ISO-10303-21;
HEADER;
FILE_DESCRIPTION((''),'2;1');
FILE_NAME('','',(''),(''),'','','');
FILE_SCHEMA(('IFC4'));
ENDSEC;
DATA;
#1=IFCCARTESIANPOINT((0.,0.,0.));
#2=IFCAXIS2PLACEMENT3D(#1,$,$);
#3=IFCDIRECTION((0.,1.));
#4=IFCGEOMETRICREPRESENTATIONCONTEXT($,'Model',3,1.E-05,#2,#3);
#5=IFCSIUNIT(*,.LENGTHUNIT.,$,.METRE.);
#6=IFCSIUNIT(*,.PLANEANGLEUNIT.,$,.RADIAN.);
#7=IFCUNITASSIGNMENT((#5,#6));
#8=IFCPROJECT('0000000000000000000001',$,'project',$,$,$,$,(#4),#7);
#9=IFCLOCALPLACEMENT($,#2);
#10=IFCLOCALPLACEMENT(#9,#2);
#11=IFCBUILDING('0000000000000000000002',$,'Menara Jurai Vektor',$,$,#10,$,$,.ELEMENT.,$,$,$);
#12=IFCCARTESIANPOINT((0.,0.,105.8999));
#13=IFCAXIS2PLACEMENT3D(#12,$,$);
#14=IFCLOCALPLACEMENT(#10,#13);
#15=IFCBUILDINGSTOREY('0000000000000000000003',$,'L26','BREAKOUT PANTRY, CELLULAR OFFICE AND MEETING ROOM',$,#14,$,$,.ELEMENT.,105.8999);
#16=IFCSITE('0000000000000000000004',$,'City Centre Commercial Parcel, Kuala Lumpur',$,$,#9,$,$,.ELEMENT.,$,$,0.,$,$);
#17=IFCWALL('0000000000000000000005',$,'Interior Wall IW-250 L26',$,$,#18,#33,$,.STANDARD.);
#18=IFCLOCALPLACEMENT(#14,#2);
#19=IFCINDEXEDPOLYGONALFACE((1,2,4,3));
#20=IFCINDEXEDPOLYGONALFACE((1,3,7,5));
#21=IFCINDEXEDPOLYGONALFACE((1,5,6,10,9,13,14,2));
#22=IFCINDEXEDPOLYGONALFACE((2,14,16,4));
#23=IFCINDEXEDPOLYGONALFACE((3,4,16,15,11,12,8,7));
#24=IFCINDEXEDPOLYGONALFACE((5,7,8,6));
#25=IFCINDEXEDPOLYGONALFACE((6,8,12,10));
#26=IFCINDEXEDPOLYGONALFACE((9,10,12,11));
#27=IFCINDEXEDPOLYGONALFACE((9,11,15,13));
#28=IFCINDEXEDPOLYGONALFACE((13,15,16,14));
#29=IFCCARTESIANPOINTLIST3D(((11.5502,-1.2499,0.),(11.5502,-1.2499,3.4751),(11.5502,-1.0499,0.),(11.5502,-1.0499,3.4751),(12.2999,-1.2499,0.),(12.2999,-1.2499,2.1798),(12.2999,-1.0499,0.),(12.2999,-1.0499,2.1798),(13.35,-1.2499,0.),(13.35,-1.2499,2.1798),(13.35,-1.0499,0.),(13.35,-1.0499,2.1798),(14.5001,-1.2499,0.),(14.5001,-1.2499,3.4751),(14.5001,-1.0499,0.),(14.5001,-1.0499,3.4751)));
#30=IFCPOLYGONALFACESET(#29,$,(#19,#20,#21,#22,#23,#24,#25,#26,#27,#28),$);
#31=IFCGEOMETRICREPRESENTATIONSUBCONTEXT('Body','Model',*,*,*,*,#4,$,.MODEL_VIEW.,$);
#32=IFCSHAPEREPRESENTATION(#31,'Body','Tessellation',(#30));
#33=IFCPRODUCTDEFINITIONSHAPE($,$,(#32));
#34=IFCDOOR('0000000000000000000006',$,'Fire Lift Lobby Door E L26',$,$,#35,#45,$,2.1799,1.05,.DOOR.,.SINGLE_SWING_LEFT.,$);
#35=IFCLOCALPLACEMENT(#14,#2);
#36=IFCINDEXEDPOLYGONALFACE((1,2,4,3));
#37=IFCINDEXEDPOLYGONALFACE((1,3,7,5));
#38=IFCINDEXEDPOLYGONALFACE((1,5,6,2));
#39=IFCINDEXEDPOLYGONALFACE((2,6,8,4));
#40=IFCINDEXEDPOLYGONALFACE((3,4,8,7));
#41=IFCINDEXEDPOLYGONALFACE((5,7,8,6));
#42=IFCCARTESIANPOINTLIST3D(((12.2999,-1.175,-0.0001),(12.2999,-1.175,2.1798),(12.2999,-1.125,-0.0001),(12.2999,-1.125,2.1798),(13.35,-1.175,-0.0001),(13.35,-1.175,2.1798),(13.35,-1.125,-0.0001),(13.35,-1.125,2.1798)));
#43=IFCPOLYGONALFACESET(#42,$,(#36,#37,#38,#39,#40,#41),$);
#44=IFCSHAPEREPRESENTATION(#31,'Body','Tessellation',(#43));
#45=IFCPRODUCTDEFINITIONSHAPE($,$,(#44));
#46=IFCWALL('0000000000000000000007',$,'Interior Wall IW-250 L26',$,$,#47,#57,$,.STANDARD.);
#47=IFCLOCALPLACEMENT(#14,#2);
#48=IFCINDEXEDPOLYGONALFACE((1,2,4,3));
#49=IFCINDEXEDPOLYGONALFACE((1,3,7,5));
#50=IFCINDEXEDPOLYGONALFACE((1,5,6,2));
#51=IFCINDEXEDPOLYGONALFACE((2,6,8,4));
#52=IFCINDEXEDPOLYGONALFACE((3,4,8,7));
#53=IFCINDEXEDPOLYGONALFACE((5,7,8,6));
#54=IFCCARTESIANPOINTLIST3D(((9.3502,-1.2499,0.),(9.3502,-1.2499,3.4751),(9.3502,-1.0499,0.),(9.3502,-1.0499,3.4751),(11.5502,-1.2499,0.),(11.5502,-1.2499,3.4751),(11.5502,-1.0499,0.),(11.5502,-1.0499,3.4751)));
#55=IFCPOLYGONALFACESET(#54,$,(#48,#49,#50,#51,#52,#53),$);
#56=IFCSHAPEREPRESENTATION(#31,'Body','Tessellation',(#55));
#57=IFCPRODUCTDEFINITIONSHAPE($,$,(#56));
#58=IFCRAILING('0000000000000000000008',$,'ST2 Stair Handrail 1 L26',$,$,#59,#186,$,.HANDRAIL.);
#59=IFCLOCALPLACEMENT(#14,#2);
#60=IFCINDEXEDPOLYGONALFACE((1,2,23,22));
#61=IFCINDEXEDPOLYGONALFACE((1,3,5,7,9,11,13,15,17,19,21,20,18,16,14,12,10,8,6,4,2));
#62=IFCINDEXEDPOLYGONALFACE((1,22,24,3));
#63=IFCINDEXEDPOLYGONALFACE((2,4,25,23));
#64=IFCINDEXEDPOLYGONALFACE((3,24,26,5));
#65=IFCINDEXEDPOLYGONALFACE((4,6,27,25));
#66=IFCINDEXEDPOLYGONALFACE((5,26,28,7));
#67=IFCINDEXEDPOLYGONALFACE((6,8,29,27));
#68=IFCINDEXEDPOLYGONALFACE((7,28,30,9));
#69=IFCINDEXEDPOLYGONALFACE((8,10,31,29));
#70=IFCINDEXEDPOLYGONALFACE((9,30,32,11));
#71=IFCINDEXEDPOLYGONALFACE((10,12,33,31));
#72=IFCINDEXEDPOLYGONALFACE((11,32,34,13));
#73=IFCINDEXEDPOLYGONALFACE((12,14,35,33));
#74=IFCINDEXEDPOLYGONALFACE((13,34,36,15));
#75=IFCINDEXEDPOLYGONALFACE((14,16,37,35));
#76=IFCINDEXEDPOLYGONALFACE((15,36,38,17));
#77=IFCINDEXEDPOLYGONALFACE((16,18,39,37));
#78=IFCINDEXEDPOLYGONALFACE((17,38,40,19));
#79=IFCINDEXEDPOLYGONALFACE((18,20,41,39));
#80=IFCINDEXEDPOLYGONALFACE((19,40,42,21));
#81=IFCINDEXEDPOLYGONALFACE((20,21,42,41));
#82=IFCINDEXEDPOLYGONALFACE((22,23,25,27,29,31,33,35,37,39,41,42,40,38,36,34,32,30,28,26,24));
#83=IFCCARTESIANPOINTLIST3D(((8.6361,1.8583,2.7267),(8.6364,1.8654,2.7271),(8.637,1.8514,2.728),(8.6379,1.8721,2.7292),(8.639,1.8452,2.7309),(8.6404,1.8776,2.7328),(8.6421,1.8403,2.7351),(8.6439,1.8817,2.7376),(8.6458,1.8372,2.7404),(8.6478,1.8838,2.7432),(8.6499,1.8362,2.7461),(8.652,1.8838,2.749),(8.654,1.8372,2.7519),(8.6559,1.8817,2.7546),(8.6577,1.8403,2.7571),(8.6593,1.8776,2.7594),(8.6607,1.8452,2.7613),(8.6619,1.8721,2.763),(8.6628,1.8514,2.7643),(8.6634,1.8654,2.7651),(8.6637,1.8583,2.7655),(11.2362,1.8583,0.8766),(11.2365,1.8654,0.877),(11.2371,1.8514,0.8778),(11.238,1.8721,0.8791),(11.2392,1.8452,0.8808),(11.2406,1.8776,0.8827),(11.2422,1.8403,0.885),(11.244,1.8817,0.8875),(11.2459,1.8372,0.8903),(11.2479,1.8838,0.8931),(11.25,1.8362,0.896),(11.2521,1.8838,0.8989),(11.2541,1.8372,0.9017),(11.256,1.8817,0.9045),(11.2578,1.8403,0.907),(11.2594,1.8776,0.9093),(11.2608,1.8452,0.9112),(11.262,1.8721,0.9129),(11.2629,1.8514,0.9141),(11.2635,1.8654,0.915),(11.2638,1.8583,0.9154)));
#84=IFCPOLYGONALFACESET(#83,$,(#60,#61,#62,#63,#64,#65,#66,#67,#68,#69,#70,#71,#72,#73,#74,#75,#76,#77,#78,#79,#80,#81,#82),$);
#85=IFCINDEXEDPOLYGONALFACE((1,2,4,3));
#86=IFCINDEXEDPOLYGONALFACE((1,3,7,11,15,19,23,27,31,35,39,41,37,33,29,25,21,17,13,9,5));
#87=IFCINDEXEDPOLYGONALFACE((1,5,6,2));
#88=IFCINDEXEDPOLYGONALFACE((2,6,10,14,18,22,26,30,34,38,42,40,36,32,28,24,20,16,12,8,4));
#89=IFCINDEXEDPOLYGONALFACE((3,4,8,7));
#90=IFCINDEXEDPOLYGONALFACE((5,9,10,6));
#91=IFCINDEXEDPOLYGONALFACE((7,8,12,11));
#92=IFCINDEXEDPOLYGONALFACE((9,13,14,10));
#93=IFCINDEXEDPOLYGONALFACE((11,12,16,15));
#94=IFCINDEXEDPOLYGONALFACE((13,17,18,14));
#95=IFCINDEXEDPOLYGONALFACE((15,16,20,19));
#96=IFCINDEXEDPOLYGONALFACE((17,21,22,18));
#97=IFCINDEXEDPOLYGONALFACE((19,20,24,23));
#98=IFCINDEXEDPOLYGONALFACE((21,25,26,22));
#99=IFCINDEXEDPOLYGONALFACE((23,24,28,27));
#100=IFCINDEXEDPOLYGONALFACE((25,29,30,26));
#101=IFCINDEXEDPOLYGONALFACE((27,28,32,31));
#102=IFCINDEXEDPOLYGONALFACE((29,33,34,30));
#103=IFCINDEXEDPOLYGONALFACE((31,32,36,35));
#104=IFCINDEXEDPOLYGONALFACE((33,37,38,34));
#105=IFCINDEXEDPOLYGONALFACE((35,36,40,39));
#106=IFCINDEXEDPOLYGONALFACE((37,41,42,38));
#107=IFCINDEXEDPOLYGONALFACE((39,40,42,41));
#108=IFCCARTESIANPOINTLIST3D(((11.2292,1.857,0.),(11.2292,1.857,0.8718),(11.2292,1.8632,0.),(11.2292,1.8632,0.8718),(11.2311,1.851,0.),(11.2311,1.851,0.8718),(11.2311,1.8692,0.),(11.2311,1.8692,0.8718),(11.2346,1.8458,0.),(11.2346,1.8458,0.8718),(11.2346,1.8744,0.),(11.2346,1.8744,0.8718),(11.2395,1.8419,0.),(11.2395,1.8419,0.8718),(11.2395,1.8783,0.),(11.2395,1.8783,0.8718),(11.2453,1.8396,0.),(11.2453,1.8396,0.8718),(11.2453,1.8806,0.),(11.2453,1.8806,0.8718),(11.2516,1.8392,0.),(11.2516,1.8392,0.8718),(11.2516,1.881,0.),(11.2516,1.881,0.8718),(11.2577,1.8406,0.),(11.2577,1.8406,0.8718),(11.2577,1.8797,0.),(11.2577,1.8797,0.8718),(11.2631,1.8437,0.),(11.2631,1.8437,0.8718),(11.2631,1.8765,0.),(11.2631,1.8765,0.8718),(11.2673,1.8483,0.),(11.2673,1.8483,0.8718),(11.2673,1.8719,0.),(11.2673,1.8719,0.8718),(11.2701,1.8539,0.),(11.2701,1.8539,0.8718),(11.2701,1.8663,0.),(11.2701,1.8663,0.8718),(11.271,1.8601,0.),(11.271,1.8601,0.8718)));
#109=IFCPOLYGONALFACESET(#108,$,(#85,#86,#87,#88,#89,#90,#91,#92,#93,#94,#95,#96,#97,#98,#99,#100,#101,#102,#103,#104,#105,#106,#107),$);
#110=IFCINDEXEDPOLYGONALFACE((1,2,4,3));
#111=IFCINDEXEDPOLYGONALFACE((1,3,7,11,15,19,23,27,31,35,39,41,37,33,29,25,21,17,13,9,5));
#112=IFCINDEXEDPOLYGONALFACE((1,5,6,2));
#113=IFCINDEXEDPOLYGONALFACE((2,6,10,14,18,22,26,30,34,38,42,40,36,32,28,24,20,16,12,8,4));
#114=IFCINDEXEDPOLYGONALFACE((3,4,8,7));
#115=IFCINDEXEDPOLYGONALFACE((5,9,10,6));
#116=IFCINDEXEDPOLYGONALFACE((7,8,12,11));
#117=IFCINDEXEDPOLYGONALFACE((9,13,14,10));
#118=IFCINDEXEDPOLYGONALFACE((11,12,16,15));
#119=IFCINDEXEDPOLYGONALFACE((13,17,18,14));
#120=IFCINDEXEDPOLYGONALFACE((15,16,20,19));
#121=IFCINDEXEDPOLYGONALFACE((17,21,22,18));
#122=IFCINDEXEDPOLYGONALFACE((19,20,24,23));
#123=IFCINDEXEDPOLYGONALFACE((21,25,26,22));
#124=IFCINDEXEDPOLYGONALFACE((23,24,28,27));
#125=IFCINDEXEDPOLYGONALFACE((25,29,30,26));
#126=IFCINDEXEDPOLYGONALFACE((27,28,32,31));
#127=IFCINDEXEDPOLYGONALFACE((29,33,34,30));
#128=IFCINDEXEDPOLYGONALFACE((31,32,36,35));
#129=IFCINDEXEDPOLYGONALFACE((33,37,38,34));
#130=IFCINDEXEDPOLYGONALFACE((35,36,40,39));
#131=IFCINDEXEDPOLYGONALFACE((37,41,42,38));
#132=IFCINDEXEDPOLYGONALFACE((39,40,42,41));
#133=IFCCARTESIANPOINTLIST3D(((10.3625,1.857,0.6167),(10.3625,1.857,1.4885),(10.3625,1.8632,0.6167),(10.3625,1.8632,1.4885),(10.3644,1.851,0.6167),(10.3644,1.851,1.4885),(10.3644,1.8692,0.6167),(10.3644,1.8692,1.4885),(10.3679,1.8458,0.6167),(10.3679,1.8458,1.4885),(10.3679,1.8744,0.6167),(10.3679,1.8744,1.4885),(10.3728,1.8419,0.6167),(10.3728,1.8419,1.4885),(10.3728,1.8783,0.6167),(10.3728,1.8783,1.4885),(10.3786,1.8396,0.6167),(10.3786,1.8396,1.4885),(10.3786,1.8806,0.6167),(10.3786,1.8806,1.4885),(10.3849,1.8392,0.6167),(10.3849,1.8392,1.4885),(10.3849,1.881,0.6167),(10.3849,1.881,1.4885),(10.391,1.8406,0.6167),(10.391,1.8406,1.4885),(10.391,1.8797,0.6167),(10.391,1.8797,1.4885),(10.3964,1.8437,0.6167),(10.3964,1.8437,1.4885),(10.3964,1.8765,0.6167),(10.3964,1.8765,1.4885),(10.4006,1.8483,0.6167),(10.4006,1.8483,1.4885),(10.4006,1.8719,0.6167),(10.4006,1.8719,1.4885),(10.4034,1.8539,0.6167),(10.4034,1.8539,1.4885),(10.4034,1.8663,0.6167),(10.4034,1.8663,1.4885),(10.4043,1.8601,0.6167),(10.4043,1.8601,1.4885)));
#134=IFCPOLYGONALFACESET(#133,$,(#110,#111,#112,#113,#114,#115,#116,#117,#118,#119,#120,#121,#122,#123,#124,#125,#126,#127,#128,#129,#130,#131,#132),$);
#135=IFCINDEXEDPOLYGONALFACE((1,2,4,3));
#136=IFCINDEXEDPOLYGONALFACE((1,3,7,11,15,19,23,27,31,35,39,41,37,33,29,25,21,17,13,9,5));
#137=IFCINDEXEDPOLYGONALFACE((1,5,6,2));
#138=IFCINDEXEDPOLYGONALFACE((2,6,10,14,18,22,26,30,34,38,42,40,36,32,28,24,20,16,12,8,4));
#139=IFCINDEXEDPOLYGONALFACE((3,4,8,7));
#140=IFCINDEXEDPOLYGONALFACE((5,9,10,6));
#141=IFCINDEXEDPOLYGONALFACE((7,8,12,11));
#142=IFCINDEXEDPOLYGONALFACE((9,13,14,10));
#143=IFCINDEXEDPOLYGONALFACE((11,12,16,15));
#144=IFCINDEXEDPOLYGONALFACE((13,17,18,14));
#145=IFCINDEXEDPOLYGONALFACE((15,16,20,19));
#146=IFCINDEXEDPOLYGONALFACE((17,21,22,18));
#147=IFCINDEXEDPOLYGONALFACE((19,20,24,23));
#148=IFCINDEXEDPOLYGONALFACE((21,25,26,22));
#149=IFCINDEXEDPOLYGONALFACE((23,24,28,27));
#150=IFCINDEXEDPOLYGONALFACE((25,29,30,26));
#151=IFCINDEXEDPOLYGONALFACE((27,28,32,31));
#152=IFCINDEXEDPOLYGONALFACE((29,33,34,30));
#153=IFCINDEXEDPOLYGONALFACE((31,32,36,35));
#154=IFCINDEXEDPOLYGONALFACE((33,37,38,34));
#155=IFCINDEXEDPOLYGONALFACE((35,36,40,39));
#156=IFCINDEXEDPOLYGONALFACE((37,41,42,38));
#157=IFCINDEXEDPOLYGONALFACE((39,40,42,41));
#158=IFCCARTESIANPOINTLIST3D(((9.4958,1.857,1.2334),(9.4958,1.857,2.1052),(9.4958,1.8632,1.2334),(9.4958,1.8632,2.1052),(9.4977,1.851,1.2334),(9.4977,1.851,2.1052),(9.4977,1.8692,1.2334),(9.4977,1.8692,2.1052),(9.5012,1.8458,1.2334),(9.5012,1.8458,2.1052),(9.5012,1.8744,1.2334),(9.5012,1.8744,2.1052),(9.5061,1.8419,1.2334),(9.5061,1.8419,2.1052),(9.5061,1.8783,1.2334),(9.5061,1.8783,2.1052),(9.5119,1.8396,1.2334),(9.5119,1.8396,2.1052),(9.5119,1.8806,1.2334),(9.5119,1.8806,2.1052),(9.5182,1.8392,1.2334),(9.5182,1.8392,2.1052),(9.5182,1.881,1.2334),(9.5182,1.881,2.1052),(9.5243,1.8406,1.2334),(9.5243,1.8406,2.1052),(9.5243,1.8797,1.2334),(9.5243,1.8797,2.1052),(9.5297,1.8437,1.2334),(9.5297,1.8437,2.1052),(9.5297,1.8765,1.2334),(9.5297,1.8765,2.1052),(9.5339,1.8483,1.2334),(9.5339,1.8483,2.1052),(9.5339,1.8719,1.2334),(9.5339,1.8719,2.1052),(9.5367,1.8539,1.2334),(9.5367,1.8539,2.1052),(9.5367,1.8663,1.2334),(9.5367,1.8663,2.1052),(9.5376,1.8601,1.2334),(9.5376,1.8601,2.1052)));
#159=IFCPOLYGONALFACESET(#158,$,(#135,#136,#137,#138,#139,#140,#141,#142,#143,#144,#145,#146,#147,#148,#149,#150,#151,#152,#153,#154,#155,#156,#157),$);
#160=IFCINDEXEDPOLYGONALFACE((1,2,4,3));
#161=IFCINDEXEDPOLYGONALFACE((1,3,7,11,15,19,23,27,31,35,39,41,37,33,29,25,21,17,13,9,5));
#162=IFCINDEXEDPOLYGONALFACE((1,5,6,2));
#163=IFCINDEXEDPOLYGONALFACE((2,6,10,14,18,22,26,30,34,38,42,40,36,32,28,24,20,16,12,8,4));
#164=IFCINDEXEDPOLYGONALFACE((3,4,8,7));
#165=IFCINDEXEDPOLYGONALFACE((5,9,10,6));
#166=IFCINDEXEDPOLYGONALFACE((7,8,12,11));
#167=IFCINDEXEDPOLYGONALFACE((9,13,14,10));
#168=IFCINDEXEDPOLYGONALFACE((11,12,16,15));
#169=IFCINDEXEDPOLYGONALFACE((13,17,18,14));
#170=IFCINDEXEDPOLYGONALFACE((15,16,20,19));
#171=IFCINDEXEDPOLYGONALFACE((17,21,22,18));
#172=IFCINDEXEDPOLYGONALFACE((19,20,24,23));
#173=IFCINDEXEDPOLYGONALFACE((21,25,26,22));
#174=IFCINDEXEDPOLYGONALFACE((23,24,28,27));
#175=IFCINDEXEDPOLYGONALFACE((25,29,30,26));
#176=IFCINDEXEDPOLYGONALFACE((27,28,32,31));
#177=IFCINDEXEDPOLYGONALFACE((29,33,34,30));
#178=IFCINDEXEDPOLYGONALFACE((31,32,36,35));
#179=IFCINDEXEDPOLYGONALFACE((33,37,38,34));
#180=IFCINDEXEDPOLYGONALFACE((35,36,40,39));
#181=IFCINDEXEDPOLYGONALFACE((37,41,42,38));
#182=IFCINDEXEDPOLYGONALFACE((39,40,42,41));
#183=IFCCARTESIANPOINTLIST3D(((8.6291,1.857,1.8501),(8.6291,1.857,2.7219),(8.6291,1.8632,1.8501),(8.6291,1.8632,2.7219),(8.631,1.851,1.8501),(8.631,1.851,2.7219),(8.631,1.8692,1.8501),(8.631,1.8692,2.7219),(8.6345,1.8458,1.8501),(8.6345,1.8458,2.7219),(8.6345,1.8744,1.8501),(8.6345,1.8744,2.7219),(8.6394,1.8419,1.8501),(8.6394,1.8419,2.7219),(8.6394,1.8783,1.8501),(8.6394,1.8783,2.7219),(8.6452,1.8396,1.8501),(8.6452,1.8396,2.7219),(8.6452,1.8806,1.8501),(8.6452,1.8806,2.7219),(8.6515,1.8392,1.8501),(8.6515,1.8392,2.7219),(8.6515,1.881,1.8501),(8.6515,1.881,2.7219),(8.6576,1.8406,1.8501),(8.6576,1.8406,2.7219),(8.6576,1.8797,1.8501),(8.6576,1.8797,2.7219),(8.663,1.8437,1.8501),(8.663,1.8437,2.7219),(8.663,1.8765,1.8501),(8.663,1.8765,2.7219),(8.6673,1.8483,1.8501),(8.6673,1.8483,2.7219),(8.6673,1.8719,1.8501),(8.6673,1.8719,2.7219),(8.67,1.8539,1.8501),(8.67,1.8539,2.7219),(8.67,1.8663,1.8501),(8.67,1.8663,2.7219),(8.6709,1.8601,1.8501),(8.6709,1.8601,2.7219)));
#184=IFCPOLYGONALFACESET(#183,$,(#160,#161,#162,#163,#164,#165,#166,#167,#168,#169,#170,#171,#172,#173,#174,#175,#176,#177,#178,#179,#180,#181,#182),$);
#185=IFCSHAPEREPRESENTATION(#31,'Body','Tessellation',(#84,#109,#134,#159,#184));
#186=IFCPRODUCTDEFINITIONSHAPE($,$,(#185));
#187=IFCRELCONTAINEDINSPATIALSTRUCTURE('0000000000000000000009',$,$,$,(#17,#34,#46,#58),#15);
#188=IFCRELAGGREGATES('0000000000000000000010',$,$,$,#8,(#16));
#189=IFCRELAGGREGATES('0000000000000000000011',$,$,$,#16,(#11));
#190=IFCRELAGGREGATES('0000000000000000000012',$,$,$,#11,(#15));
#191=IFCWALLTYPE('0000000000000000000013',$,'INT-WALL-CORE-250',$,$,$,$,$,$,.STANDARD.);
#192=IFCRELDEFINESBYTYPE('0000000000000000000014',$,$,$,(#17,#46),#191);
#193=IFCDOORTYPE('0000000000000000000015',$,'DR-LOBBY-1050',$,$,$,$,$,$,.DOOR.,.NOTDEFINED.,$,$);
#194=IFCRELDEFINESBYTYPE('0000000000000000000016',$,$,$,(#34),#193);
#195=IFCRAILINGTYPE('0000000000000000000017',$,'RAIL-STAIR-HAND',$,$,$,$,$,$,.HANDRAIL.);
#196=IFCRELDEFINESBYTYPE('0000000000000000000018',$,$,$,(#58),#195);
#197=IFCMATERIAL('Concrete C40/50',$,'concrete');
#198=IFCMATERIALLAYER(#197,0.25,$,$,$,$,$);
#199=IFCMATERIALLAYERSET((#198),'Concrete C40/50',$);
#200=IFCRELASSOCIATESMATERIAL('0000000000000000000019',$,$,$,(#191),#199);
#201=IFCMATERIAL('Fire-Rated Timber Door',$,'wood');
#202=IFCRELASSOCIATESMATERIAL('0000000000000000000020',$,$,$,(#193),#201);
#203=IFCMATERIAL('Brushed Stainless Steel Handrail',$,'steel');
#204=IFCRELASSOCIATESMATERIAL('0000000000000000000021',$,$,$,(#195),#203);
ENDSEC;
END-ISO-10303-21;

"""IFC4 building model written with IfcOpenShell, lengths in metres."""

from ifc_helpers import new_model, si_unit, direction, frame, frame_2d, origin, origin_2d, place, context, subcontext, project, spatial, rectangle, circle, extrude, material, layer, layer_set, type_object, element, fill, save


model = new_model("IFC4")

# Units and contexts
model_context = context("Model", 3, precision=1e-05, world=origin(), true_north=direction((0.0, 1.0)))
body_context = subcontext(model_context, "Body", "Model", "MODEL_VIEW")
ifc_project = project(units=[si_unit("LENGTHUNIT", "METRE"), si_unit("PLANEANGLEUNIT", "RADIAN")], contexts=[model_context])

# Site, building, storey
site_placement = place(None, origin())
site = spatial("IfcSite", under=ifc_project, at=site_placement, Name="City Centre Commercial Parcel, Kuala Lumpur", CompositionType="ELEMENT", RefElevation=0.0)
building_placement = place(site_placement, origin())
building = spatial("IfcBuilding", under=site, at=building_placement, Name="Menara Jurai Vektor", CompositionType="ELEMENT")
storey_placement = place(building_placement, frame((0.0, 0.0, 105.8999)))
storey = spatial("IfcBuildingStorey", under=building, at=storey_placement, Name="L26", Description="BREAKOUT PANTRY, CELLULAR OFFICE AND MEETING ROOM", CompositionType="ELEMENT", Elevation=105.8999)

# Shared definitions
ifc_material_1 = material(Name="Concrete C40/50", Category="concrete")
ifc_layer_1 = layer(ifc_material_1, 0.25)
ifc_layer_set_1 = layer_set([ifc_layer_1], Name="Concrete C40/50")
wall_type_1 = type_object("IfcWallType", Name="INT-WALL-CORE-250", PredefinedType="STANDARD", material=ifc_layer_set_1)

# Wall, opening, door
wall_1_placement = place(storey_placement, frame((11.55, -1.1499, 0.0), z_axis=(0.0, 0.0, 1.0), x_axis=(1.0, 0.0, 0.0)))
wall_1 = element("IfcWall", 1, at=wall_1_placement, inside=storey, type_object=wall_type_1, Name="Interior Wall IW-250 L26", PredefinedType="STANDARD", context=body_context, shape_type="SweptSolid", body=[
    extrude(rectangle(XDim=2.95, YDim=0.2, at=frame_2d((1.4751, 0.0))), origin(), (0.0, 0.0, 1.0), 3.4751),
])
opening_1_placement = place(wall_1_placement, frame((0.75, 0.0, 0.0)))
opening_1 = element("IfcOpeningElement", 2, at=opening_1_placement, cuts=wall_1, PredefinedType="OPENING", context=body_context, shape_type="SweptSolid", body=[
    extrude(rectangle(XDim=1.05, YDim=2.1799, at=frame_2d((0.5249, 1.0898))), frame((0.0, 0.1099, 0.0), z_axis=(0.0, -1.0, 0.0), x_axis=(1.0, 0.0, 0.0)), (0.0, 0.0, 1.0), 0.22),
])
ifc_material_2 = material(Name="Fire-Rated Timber Door", Category="wood")
door_type_1 = type_object("IfcDoorType", Name="DR-LOBBY-1050", OperationType="NOTDEFINED", PredefinedType="DOOR", material=ifc_material_2)
door_1_placement = place(opening_1_placement, origin())
door_1 = element("IfcDoor", 3, at=door_1_placement, inside=storey, type_object=door_type_1, Name="Fire Lift Lobby Door E L26", OperationType="SINGLE_SWING_LEFT", OverallHeight=2.1799, OverallWidth=1.05, PredefinedType="DOOR", context=body_context, shape_type="SweptSolid", body=[
    extrude(rectangle(XDim=1.05, YDim=2.1799, at=frame_2d((0.5249, 1.0898))), frame((0.0, 0.0249, 0.0), z_axis=(0.0, -1.0, 0.0), x_axis=(1.0, 0.0, 0.0)), (0.0, 0.0, 1.0), 0.05),
])
fill(opening_1, door_1)

# Wall
wall_2_placement = place(storey_placement, frame((9.3501, -1.1499, 0.0), z_axis=(0.0, 0.0, 1.0), x_axis=(1.0, 0.0, 0.0)))
element("IfcWall", 4, at=wall_2_placement, inside=storey, type_object=wall_type_1, Name="Interior Wall IW-250 L26", PredefinedType="STANDARD", context=body_context, shape_type="SweptSolid", body=[
    extrude(rectangle(XDim=2.2, YDim=0.2, at=frame_2d((1.1001, 0.0))), origin(), (0.0, 0.0, 1.0), 3.4751),
])

# Railing
ifc_material_3 = material(Name="Brushed Stainless Steel Handrail", Category="steel")
railing_type = type_object("IfcRailingType", Name="RAIL-STAIR-HAND", PredefinedType="HANDRAIL", material=ifc_material_3)
railing_placement = place(storey_placement, frame((11.25, 1.8601, 0.0)))
element("IfcRailing", 5, at=railing_placement, inside=storey, type_object=railing_type, Name="ST2 Stair Handrail 1 L26", PredefinedType="HANDRAIL", context=body_context, shape_type="SweptSolid", body=[
    extrude(circle(Radius=0.0239, at=origin_2d()), frame((0.0, 0.0, 0.896), z_axis=(-0.814787, 0.0, 0.579761), x_axis=(0.0, -1.0, 0.0)), (0.0, 0.0, 1.0), 3.1912),
    extrude(circle(Radius=0.021, at=origin_2d()), origin(), (0.0, 0.0, 1.0), 0.8718),
    extrude(circle(Radius=0.021, at=origin_2d()), frame((-0.8667, 0.0, 0.6167)), (0.0, 0.0, 1.0), 0.8718),
    extrude(circle(Radius=0.021, at=origin_2d()), frame((-1.7334, 0.0, 1.2334)), (0.0, 0.0, 1.0), 0.8718),
    extrude(circle(Radius=0.021, at=origin_2d()), frame((-2.6001, 0.0, 1.8501)), (0.0, 0.0, 1.0), 0.8718),
])

save(model, "model.ifc")
